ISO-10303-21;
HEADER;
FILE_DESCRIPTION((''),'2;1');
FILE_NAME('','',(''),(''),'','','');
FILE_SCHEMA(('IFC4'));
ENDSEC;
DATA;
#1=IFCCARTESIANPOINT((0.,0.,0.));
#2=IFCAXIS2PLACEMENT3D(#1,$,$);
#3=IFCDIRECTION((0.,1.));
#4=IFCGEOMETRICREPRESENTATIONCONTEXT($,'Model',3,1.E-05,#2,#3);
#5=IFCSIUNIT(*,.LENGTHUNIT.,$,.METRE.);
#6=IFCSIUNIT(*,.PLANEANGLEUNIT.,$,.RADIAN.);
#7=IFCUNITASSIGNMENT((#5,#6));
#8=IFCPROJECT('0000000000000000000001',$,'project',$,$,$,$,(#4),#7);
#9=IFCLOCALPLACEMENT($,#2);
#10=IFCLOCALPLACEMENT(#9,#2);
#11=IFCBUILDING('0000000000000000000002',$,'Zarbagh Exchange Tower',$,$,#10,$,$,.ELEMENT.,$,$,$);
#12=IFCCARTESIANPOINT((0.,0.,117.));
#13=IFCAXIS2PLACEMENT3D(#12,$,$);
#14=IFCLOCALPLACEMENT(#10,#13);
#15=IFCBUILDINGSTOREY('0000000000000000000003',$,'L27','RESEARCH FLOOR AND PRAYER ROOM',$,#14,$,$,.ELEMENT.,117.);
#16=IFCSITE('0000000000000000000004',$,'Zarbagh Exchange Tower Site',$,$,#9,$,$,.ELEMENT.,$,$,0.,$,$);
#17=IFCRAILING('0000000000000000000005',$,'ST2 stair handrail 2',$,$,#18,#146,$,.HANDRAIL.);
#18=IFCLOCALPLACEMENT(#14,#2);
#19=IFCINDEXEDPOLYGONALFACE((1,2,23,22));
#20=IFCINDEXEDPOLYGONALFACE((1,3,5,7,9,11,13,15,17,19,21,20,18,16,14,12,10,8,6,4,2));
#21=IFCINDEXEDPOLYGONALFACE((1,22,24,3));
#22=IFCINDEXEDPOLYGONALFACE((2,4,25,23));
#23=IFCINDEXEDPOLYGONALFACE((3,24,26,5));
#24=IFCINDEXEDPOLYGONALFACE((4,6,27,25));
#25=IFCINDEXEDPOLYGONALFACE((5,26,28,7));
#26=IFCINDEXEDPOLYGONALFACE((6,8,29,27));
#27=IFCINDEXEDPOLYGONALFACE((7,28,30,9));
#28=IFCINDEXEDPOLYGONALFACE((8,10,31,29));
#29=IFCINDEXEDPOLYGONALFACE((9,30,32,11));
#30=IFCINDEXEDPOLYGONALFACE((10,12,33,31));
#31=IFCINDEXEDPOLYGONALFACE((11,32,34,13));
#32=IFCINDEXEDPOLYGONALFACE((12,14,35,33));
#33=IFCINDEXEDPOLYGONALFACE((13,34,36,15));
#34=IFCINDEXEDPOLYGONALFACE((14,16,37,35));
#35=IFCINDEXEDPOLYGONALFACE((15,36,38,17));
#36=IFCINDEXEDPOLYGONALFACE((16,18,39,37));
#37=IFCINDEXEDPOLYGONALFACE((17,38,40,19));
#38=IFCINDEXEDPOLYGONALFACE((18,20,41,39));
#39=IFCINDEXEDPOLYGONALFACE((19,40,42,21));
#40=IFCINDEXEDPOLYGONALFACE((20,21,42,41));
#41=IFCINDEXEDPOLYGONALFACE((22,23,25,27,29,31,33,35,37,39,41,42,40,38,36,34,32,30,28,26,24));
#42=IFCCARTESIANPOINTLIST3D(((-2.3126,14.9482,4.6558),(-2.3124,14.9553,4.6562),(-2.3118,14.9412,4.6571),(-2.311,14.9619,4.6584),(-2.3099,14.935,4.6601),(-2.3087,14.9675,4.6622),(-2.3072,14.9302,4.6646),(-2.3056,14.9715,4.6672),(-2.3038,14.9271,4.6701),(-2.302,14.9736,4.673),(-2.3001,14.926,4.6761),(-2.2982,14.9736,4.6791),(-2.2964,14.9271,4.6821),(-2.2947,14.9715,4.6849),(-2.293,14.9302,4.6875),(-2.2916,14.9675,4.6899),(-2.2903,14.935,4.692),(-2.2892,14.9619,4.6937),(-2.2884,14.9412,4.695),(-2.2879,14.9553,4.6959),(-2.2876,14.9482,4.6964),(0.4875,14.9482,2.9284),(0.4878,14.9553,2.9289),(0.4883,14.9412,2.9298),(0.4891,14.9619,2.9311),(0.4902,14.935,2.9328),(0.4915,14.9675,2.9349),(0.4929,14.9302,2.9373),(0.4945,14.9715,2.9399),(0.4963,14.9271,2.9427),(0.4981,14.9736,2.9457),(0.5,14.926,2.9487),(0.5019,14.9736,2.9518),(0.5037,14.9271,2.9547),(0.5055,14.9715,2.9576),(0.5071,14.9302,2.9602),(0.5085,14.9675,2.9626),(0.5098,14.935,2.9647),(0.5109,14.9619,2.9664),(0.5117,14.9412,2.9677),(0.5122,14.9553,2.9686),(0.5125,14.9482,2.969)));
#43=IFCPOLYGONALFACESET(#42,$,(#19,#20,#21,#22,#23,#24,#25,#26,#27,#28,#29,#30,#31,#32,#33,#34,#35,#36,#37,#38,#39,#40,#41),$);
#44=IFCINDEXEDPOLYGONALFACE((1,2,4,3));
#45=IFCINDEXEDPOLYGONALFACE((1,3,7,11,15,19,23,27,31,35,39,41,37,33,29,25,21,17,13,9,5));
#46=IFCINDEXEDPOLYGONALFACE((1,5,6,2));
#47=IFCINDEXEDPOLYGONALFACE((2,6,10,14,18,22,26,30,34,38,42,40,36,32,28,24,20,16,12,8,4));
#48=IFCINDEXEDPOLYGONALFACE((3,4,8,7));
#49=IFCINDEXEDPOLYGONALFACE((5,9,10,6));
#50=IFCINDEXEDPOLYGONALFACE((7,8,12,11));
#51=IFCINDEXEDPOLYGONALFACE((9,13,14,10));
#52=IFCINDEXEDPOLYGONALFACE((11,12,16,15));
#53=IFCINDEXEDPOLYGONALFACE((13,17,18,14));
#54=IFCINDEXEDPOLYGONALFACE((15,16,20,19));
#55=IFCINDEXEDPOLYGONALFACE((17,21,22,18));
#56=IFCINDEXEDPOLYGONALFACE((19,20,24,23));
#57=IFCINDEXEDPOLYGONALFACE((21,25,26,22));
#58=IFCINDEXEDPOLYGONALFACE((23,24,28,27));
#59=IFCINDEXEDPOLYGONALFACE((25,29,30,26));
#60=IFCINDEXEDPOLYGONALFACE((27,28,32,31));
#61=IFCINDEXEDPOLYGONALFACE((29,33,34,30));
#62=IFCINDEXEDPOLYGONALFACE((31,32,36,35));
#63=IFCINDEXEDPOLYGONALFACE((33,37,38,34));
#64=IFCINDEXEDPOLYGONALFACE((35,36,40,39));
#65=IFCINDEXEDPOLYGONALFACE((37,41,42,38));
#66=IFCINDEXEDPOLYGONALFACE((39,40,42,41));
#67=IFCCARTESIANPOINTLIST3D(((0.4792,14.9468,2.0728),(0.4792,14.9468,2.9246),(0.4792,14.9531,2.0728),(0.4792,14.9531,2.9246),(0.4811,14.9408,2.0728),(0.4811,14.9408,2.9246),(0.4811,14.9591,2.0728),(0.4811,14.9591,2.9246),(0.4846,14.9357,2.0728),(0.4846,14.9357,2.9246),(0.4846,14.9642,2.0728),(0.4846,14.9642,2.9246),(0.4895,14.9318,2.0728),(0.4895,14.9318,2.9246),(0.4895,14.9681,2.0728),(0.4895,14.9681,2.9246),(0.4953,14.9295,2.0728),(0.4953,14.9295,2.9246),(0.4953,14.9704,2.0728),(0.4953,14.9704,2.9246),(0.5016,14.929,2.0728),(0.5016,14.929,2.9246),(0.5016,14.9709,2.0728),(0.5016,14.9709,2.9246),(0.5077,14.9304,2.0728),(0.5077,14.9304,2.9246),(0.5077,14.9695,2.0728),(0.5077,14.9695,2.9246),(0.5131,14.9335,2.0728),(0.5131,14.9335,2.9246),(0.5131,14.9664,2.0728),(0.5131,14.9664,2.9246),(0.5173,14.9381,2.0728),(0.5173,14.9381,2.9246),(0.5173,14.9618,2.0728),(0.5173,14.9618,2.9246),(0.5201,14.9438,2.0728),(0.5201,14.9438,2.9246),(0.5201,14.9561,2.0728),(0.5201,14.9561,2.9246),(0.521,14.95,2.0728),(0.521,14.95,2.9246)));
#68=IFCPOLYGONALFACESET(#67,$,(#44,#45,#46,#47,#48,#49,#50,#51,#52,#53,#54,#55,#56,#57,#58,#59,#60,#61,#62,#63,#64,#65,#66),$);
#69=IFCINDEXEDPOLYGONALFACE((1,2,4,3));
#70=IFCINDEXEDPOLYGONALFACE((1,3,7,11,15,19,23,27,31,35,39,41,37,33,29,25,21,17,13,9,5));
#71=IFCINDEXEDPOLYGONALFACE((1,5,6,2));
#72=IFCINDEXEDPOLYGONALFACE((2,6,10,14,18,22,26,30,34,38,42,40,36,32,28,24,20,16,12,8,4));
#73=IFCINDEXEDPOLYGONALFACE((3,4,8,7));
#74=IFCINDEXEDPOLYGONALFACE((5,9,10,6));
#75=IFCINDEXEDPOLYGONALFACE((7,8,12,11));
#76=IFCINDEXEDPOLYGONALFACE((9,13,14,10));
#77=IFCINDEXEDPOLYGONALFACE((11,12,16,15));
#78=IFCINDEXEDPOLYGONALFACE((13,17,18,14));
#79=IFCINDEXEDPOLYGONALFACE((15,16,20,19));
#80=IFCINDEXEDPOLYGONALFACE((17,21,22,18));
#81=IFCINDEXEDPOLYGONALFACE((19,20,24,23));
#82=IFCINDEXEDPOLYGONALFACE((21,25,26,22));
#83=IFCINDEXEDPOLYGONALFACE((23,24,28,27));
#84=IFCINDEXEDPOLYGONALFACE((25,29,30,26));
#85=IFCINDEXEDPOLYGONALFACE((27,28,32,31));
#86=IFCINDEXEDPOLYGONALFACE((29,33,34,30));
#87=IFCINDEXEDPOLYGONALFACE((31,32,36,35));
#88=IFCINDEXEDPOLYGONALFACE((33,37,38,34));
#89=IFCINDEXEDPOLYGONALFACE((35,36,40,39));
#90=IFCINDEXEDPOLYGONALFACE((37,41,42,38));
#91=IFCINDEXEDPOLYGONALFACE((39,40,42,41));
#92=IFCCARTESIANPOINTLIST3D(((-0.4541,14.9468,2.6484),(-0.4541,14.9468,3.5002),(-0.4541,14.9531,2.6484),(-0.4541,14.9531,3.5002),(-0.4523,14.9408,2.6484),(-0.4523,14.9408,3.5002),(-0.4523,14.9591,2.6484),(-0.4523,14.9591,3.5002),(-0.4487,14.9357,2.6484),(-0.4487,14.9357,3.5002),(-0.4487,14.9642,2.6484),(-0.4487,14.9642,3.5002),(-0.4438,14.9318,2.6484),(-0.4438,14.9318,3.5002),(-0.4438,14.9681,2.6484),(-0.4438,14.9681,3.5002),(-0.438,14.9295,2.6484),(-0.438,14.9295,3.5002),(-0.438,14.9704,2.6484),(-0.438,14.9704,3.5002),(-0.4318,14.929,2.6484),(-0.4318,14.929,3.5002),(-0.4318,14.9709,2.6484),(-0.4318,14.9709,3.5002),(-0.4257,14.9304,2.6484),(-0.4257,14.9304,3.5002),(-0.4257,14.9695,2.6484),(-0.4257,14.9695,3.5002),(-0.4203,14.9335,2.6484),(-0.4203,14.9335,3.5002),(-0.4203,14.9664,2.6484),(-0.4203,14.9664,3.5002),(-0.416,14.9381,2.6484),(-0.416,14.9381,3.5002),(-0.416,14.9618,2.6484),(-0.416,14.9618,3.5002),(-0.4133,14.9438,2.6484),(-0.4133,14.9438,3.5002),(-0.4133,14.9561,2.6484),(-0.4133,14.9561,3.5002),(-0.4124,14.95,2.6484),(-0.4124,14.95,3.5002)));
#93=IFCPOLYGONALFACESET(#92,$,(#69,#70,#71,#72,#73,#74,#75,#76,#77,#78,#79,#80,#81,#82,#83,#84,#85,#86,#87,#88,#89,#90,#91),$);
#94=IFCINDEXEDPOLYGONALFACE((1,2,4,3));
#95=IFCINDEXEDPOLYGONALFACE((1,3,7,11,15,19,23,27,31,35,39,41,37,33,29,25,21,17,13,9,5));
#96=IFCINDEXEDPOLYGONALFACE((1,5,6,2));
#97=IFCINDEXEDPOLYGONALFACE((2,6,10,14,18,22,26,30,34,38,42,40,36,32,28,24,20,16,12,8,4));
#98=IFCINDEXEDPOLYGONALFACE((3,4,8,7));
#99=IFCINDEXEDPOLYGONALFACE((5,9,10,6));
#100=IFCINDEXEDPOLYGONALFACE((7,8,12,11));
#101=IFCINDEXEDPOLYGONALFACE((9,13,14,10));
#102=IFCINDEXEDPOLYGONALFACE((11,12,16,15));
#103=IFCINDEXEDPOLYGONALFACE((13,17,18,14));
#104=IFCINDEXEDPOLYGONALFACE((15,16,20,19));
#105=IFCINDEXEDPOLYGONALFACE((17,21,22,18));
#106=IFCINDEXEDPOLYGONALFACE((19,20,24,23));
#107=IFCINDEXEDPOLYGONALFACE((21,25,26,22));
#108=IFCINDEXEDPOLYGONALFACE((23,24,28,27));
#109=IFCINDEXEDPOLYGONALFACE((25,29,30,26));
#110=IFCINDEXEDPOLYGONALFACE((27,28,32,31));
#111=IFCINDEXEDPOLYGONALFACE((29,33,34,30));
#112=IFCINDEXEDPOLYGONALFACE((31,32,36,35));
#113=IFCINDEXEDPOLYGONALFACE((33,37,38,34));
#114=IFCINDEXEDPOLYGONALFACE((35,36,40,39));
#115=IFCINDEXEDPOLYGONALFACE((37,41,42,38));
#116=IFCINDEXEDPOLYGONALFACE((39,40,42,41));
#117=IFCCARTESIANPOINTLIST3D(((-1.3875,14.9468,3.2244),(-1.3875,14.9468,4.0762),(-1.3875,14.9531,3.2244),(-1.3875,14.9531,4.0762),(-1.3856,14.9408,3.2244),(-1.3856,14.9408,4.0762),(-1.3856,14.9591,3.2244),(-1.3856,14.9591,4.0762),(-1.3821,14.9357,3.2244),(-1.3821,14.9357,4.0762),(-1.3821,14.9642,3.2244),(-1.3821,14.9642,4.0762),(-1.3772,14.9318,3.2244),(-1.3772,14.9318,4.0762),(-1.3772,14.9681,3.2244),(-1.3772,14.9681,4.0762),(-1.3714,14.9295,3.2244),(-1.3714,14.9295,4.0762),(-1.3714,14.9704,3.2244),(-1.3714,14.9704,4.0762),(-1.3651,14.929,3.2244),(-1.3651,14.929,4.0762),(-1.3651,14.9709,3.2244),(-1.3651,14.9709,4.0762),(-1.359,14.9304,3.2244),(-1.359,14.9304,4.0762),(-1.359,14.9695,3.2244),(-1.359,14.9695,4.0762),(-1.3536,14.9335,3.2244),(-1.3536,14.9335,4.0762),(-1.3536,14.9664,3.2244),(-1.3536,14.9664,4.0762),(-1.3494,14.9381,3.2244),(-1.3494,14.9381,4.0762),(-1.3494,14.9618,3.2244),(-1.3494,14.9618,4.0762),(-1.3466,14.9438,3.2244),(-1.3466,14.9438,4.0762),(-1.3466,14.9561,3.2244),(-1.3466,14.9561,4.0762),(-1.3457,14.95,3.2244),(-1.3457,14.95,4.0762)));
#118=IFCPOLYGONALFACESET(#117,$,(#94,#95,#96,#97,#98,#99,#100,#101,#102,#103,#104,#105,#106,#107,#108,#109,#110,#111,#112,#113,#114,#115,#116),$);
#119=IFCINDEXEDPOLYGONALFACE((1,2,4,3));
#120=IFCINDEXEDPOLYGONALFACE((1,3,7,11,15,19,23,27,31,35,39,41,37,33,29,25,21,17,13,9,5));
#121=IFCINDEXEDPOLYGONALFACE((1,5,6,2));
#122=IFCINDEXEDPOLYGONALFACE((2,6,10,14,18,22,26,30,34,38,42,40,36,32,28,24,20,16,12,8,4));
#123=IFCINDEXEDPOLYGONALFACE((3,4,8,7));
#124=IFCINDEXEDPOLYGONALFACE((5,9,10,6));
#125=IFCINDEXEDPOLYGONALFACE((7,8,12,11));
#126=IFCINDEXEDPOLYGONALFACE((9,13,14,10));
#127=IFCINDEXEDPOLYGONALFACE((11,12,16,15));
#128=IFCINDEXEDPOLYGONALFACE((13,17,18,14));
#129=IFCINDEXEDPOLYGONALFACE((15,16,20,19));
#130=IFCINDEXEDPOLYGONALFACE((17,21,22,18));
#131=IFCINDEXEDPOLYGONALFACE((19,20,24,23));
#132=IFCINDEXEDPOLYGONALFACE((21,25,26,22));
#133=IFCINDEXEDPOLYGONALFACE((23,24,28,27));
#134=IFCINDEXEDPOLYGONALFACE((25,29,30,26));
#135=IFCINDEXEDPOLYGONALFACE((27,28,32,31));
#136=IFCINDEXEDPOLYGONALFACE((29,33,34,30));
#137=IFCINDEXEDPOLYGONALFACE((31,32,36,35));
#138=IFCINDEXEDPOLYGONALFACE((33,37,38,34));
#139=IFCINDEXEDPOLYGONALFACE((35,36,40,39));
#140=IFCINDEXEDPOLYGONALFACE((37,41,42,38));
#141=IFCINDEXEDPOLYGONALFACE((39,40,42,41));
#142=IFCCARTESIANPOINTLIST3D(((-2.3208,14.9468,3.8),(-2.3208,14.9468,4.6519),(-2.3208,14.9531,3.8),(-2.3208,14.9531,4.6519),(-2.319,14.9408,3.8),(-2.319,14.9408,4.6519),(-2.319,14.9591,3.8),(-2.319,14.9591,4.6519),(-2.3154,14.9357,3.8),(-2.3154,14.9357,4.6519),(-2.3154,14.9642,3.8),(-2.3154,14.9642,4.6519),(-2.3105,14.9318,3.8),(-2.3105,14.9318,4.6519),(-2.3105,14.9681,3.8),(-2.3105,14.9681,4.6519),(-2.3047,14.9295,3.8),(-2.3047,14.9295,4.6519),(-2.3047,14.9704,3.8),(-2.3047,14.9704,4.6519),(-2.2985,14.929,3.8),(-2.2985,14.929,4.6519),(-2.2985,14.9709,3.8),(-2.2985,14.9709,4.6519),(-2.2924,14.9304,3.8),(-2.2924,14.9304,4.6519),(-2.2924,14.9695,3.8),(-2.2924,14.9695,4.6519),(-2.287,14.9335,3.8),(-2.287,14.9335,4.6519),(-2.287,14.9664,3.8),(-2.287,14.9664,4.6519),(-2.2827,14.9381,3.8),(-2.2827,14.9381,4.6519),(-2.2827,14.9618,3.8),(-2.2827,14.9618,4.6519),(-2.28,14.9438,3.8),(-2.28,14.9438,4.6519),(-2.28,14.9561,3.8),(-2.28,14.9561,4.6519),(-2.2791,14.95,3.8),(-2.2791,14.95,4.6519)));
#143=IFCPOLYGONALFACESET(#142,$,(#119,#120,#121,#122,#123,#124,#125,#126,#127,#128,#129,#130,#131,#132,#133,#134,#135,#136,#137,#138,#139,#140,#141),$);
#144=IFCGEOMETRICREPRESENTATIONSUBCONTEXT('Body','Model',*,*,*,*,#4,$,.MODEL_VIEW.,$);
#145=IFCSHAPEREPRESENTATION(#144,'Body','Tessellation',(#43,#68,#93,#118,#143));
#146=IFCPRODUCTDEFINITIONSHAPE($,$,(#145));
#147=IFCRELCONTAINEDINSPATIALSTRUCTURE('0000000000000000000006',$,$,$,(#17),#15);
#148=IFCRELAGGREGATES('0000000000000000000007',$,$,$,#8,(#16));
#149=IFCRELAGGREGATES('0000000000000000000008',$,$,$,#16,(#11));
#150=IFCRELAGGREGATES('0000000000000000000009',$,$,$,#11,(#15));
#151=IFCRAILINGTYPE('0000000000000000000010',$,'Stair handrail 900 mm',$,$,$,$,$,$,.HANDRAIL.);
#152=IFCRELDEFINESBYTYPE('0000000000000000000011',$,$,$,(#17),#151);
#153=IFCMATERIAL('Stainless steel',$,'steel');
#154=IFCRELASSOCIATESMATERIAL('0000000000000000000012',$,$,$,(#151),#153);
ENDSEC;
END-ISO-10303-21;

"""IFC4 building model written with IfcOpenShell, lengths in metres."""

from ifc_helpers import new_model, si_unit, direction, frame, origin, origin_2d, place, context, subcontext, project, spatial, circle, extrude, material, type_object, element, save


model = new_model("IFC4")

# Units and contexts
model_context = context("Model", 3, precision=1e-05, world=origin(), true_north=direction((0.0, 1.0)))
body_context = subcontext(model_context, "Body", "Model", "MODEL_VIEW")
ifc_project = project(units=[si_unit("LENGTHUNIT", "METRE"), si_unit("PLANEANGLEUNIT", "RADIAN")], contexts=[model_context])

# Site, building, storey
site_placement = place(None, origin())
site = spatial("IfcSite", under=ifc_project, at=site_placement, Name="Zarbagh Exchange Tower Site", CompositionType="ELEMENT", RefElevation=0.0)
building_placement = place(site_placement, origin())
building = spatial("IfcBuilding", under=site, at=building_placement, Name="Zarbagh Exchange Tower", CompositionType="ELEMENT")
storey_placement = place(building_placement, frame((0.0, 0.0, 117.0)))
storey = spatial("IfcBuildingStorey", under=building, at=storey_placement, Name="L27", Description="RESEARCH FLOOR AND PRAYER ROOM", CompositionType="ELEMENT", Elevation=117.0)

# Shared definitions
ifc_material_1 = material(Name="Stainless steel", Category="steel")

# Railing
railing_type = type_object("IfcRailingType", Name="Stair handrail 900 mm", PredefinedType="HANDRAIL", material=ifc_material_1)
for number, where, name in (
    (1, (0.5, 14.95, 2.0728), "ST2 stair handrail 2"),
):
    element("IfcRailing", number, at=place(storey_placement, frame(where)), inside=storey, type_object=railing_type, Name=name, PredefinedType="HANDRAIL", context=body_context, shape_type="SweptSolid", body=[
        extrude(circle(Radius=0.0239, at=origin_2d()), frame((0.0, 0.0, 0.876), z_axis=(-0.85109, 0.0, 0.52502), x_axis=(0.0, -1.0, 0.0)), (0.0, 0.0, 1.0), 3.29),
        extrude(circle(Radius=0.021, at=origin_2d()), origin(), (0.0, 0.0, 1.0), 0.8518),
        extrude(circle(Radius=0.021, at=origin_2d()), frame((-0.9333, 0.0, 0.5757)), (0.0, 0.0, 1.0), 0.8518),
        extrude(circle(Radius=0.021, at=origin_2d()), frame((-1.8667, 0.0, 1.1516)), (0.0, 0.0, 1.0), 0.8518),
        extrude(circle(Radius=0.021, at=origin_2d()), frame((-2.8, 0.0, 1.7273)), (0.0, 0.0, 1.0), 0.8518),
    ])

save(model, "model.ifc")
